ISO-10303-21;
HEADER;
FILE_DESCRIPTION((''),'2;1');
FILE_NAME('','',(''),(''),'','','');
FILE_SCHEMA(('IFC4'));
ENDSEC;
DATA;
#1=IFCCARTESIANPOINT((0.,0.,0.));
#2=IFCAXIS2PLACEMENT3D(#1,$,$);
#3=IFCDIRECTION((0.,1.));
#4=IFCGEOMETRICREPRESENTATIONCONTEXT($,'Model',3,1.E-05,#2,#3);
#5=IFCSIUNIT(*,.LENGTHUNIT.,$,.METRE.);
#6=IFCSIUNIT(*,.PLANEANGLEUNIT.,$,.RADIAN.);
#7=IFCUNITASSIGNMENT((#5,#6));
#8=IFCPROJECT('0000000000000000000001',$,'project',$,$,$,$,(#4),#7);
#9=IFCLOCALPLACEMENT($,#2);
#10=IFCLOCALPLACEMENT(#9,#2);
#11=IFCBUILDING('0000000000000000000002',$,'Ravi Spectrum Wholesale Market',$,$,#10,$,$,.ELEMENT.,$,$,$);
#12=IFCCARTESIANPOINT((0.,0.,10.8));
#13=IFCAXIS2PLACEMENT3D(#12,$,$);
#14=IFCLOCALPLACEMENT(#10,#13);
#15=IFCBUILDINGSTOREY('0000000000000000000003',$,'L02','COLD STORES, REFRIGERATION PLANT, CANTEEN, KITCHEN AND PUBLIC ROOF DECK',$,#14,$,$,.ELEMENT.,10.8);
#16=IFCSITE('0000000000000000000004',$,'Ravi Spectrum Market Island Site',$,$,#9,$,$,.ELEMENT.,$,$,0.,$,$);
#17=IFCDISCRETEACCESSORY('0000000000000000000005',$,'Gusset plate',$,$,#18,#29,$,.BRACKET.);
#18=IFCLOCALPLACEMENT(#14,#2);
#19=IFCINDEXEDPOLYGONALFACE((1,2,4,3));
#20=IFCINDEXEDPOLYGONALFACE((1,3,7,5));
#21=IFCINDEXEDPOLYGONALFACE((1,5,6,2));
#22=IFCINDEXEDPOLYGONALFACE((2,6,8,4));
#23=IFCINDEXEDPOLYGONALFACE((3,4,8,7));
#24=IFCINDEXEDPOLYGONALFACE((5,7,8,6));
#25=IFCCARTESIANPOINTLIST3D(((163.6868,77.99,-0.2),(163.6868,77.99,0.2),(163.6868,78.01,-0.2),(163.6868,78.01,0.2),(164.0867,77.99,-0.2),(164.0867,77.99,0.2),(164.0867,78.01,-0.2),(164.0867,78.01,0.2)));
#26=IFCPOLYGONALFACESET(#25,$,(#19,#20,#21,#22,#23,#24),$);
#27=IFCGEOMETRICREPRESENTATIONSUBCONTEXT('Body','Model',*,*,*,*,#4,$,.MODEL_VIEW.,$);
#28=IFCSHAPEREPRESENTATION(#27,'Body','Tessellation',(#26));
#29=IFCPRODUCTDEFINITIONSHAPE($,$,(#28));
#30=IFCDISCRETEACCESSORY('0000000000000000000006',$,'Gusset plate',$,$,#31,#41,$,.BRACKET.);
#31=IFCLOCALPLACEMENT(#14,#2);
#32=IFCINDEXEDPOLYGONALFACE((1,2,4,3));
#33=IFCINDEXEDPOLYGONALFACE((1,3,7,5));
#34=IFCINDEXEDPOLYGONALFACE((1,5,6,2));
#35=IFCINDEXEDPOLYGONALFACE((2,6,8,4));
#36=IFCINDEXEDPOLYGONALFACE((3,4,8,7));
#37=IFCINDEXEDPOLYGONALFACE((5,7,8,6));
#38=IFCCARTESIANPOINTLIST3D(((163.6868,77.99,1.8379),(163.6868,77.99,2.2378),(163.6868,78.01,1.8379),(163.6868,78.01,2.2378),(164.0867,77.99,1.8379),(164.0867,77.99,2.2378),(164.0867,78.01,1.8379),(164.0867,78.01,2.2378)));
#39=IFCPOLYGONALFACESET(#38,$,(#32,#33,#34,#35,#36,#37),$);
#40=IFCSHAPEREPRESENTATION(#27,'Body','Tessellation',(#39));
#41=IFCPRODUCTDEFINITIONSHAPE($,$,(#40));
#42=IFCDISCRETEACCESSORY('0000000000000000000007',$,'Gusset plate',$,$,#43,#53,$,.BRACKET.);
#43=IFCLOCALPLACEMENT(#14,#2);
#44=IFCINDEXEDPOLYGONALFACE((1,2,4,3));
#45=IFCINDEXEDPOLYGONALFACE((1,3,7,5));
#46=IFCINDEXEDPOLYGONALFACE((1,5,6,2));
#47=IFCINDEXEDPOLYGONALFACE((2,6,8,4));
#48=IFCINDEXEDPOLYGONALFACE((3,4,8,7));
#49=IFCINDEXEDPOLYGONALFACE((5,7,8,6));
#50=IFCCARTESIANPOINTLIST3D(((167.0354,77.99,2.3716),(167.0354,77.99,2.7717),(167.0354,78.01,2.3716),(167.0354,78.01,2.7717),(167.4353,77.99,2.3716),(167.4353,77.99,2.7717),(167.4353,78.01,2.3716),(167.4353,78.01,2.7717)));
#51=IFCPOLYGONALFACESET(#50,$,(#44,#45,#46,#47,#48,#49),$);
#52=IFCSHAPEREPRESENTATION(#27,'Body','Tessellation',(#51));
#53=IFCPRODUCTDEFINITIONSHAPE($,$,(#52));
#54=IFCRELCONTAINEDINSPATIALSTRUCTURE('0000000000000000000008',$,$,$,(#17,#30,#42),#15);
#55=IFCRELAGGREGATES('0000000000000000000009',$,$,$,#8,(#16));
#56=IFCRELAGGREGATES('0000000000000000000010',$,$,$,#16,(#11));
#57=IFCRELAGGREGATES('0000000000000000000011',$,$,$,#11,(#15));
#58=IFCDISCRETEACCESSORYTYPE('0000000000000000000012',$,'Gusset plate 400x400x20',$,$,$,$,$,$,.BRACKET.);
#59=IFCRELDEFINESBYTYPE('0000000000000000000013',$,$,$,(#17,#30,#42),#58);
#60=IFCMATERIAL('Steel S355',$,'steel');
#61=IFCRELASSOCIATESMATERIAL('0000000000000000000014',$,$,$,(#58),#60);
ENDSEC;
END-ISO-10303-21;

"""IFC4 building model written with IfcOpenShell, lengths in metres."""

from ifc_helpers import new_model, si_unit, direction, frame, origin, origin_2d, place, context, subcontext, project, spatial, rectangle, extrude, material, material_profile, profile_set, type_object, element, save


model = new_model("IFC4")

# Units and contexts
model_context = context("Model", 3, precision=1e-05, world=origin(), true_north=direction((0.0, 1.0)))
body_context = subcontext(model_context, "Body", "Model", "MODEL_VIEW")
ifc_project = project(units=[si_unit("LENGTHUNIT", "METRE"), si_unit("PLANEANGLEUNIT", "RADIAN")], contexts=[model_context])

# Site, building, storey
site_placement = place(None, origin())
site = spatial("IfcSite", under=ifc_project, at=site_placement, Name="Ravi Spectrum Market Island Site", CompositionType="ELEMENT", RefElevation=0.0)
building_placement = place(site_placement, origin())
building = spatial("IfcBuilding", under=site, at=building_placement, Name="Ravi Spectrum Wholesale Market", CompositionType="ELEMENT")
storey_placement = place(building_placement, frame((0.0, 0.0, 10.8)))
storey = spatial("IfcBuildingStorey", under=building, at=storey_placement, Name="L02", Description="COLD STORES, REFRIGERATION PLANT, CANTEEN, KITCHEN AND PUBLIC ROOF DECK", CompositionType="ELEMENT", Elevation=10.8)

# Discrete accessories
ifc_material_1 = material(Name="Steel S355", Category="steel")
ifc_material_profile_1 = material_profile(ifc_material_1, rectangle(XDim=0.3999, YDim=0.02, at=origin_2d()))
ifc_profile_set_1 = profile_set([ifc_material_profile_1], Name="Steel S355")
discrete_accessory_type_1 = type_object("IfcDiscreteAccessoryType", Name="Gusset plate 400x400x20", PredefinedType="BRACKET", material=ifc_profile_set_1)
for number, where, z_axis, x_axis, name in (
    (1, (163.8867, 78.0, -0.2), (0.0, 0.0, 1.0), (1.0, 0.0, 0.0), "Gusset plate"),
    (2, (163.8867, 78.0, 1.8379), (0.0, 0.0, 1.0), (1.0, 0.0, 0.0), "Gusset plate"),
):
    element("IfcDiscreteAccessory", number, at=place(storey_placement, frame(where, z_axis=z_axis, x_axis=x_axis)), inside=storey, type_object=discrete_accessory_type_1, Name=name, PredefinedType="BRACKET", context=body_context, shape_type="SweptSolid", body=[
        extrude(rectangle(XDim=0.3999, YDim=0.02, at=origin_2d()), origin(), (0.0, 0.0, 1.0), 0.3999),
    ])
discrete_accessory_placement = place(storey_placement, frame((167.2354, 78.0, 2.3716), z_axis=(0.0, 0.0, 1.0), x_axis=(1.0, 0.0, 0.0)))
element("IfcDiscreteAccessory", 3, at=discrete_accessory_placement, inside=storey, type_object=discrete_accessory_type_1, Name="Gusset plate", PredefinedType="BRACKET", context=body_context, shape_type="SweptSolid", body=[
    extrude(rectangle(XDim=0.3999, YDim=0.02, at=origin_2d()), origin(), (0.0, 0.0, 1.0), 0.4001),
])

save(model, "model.ifc")
